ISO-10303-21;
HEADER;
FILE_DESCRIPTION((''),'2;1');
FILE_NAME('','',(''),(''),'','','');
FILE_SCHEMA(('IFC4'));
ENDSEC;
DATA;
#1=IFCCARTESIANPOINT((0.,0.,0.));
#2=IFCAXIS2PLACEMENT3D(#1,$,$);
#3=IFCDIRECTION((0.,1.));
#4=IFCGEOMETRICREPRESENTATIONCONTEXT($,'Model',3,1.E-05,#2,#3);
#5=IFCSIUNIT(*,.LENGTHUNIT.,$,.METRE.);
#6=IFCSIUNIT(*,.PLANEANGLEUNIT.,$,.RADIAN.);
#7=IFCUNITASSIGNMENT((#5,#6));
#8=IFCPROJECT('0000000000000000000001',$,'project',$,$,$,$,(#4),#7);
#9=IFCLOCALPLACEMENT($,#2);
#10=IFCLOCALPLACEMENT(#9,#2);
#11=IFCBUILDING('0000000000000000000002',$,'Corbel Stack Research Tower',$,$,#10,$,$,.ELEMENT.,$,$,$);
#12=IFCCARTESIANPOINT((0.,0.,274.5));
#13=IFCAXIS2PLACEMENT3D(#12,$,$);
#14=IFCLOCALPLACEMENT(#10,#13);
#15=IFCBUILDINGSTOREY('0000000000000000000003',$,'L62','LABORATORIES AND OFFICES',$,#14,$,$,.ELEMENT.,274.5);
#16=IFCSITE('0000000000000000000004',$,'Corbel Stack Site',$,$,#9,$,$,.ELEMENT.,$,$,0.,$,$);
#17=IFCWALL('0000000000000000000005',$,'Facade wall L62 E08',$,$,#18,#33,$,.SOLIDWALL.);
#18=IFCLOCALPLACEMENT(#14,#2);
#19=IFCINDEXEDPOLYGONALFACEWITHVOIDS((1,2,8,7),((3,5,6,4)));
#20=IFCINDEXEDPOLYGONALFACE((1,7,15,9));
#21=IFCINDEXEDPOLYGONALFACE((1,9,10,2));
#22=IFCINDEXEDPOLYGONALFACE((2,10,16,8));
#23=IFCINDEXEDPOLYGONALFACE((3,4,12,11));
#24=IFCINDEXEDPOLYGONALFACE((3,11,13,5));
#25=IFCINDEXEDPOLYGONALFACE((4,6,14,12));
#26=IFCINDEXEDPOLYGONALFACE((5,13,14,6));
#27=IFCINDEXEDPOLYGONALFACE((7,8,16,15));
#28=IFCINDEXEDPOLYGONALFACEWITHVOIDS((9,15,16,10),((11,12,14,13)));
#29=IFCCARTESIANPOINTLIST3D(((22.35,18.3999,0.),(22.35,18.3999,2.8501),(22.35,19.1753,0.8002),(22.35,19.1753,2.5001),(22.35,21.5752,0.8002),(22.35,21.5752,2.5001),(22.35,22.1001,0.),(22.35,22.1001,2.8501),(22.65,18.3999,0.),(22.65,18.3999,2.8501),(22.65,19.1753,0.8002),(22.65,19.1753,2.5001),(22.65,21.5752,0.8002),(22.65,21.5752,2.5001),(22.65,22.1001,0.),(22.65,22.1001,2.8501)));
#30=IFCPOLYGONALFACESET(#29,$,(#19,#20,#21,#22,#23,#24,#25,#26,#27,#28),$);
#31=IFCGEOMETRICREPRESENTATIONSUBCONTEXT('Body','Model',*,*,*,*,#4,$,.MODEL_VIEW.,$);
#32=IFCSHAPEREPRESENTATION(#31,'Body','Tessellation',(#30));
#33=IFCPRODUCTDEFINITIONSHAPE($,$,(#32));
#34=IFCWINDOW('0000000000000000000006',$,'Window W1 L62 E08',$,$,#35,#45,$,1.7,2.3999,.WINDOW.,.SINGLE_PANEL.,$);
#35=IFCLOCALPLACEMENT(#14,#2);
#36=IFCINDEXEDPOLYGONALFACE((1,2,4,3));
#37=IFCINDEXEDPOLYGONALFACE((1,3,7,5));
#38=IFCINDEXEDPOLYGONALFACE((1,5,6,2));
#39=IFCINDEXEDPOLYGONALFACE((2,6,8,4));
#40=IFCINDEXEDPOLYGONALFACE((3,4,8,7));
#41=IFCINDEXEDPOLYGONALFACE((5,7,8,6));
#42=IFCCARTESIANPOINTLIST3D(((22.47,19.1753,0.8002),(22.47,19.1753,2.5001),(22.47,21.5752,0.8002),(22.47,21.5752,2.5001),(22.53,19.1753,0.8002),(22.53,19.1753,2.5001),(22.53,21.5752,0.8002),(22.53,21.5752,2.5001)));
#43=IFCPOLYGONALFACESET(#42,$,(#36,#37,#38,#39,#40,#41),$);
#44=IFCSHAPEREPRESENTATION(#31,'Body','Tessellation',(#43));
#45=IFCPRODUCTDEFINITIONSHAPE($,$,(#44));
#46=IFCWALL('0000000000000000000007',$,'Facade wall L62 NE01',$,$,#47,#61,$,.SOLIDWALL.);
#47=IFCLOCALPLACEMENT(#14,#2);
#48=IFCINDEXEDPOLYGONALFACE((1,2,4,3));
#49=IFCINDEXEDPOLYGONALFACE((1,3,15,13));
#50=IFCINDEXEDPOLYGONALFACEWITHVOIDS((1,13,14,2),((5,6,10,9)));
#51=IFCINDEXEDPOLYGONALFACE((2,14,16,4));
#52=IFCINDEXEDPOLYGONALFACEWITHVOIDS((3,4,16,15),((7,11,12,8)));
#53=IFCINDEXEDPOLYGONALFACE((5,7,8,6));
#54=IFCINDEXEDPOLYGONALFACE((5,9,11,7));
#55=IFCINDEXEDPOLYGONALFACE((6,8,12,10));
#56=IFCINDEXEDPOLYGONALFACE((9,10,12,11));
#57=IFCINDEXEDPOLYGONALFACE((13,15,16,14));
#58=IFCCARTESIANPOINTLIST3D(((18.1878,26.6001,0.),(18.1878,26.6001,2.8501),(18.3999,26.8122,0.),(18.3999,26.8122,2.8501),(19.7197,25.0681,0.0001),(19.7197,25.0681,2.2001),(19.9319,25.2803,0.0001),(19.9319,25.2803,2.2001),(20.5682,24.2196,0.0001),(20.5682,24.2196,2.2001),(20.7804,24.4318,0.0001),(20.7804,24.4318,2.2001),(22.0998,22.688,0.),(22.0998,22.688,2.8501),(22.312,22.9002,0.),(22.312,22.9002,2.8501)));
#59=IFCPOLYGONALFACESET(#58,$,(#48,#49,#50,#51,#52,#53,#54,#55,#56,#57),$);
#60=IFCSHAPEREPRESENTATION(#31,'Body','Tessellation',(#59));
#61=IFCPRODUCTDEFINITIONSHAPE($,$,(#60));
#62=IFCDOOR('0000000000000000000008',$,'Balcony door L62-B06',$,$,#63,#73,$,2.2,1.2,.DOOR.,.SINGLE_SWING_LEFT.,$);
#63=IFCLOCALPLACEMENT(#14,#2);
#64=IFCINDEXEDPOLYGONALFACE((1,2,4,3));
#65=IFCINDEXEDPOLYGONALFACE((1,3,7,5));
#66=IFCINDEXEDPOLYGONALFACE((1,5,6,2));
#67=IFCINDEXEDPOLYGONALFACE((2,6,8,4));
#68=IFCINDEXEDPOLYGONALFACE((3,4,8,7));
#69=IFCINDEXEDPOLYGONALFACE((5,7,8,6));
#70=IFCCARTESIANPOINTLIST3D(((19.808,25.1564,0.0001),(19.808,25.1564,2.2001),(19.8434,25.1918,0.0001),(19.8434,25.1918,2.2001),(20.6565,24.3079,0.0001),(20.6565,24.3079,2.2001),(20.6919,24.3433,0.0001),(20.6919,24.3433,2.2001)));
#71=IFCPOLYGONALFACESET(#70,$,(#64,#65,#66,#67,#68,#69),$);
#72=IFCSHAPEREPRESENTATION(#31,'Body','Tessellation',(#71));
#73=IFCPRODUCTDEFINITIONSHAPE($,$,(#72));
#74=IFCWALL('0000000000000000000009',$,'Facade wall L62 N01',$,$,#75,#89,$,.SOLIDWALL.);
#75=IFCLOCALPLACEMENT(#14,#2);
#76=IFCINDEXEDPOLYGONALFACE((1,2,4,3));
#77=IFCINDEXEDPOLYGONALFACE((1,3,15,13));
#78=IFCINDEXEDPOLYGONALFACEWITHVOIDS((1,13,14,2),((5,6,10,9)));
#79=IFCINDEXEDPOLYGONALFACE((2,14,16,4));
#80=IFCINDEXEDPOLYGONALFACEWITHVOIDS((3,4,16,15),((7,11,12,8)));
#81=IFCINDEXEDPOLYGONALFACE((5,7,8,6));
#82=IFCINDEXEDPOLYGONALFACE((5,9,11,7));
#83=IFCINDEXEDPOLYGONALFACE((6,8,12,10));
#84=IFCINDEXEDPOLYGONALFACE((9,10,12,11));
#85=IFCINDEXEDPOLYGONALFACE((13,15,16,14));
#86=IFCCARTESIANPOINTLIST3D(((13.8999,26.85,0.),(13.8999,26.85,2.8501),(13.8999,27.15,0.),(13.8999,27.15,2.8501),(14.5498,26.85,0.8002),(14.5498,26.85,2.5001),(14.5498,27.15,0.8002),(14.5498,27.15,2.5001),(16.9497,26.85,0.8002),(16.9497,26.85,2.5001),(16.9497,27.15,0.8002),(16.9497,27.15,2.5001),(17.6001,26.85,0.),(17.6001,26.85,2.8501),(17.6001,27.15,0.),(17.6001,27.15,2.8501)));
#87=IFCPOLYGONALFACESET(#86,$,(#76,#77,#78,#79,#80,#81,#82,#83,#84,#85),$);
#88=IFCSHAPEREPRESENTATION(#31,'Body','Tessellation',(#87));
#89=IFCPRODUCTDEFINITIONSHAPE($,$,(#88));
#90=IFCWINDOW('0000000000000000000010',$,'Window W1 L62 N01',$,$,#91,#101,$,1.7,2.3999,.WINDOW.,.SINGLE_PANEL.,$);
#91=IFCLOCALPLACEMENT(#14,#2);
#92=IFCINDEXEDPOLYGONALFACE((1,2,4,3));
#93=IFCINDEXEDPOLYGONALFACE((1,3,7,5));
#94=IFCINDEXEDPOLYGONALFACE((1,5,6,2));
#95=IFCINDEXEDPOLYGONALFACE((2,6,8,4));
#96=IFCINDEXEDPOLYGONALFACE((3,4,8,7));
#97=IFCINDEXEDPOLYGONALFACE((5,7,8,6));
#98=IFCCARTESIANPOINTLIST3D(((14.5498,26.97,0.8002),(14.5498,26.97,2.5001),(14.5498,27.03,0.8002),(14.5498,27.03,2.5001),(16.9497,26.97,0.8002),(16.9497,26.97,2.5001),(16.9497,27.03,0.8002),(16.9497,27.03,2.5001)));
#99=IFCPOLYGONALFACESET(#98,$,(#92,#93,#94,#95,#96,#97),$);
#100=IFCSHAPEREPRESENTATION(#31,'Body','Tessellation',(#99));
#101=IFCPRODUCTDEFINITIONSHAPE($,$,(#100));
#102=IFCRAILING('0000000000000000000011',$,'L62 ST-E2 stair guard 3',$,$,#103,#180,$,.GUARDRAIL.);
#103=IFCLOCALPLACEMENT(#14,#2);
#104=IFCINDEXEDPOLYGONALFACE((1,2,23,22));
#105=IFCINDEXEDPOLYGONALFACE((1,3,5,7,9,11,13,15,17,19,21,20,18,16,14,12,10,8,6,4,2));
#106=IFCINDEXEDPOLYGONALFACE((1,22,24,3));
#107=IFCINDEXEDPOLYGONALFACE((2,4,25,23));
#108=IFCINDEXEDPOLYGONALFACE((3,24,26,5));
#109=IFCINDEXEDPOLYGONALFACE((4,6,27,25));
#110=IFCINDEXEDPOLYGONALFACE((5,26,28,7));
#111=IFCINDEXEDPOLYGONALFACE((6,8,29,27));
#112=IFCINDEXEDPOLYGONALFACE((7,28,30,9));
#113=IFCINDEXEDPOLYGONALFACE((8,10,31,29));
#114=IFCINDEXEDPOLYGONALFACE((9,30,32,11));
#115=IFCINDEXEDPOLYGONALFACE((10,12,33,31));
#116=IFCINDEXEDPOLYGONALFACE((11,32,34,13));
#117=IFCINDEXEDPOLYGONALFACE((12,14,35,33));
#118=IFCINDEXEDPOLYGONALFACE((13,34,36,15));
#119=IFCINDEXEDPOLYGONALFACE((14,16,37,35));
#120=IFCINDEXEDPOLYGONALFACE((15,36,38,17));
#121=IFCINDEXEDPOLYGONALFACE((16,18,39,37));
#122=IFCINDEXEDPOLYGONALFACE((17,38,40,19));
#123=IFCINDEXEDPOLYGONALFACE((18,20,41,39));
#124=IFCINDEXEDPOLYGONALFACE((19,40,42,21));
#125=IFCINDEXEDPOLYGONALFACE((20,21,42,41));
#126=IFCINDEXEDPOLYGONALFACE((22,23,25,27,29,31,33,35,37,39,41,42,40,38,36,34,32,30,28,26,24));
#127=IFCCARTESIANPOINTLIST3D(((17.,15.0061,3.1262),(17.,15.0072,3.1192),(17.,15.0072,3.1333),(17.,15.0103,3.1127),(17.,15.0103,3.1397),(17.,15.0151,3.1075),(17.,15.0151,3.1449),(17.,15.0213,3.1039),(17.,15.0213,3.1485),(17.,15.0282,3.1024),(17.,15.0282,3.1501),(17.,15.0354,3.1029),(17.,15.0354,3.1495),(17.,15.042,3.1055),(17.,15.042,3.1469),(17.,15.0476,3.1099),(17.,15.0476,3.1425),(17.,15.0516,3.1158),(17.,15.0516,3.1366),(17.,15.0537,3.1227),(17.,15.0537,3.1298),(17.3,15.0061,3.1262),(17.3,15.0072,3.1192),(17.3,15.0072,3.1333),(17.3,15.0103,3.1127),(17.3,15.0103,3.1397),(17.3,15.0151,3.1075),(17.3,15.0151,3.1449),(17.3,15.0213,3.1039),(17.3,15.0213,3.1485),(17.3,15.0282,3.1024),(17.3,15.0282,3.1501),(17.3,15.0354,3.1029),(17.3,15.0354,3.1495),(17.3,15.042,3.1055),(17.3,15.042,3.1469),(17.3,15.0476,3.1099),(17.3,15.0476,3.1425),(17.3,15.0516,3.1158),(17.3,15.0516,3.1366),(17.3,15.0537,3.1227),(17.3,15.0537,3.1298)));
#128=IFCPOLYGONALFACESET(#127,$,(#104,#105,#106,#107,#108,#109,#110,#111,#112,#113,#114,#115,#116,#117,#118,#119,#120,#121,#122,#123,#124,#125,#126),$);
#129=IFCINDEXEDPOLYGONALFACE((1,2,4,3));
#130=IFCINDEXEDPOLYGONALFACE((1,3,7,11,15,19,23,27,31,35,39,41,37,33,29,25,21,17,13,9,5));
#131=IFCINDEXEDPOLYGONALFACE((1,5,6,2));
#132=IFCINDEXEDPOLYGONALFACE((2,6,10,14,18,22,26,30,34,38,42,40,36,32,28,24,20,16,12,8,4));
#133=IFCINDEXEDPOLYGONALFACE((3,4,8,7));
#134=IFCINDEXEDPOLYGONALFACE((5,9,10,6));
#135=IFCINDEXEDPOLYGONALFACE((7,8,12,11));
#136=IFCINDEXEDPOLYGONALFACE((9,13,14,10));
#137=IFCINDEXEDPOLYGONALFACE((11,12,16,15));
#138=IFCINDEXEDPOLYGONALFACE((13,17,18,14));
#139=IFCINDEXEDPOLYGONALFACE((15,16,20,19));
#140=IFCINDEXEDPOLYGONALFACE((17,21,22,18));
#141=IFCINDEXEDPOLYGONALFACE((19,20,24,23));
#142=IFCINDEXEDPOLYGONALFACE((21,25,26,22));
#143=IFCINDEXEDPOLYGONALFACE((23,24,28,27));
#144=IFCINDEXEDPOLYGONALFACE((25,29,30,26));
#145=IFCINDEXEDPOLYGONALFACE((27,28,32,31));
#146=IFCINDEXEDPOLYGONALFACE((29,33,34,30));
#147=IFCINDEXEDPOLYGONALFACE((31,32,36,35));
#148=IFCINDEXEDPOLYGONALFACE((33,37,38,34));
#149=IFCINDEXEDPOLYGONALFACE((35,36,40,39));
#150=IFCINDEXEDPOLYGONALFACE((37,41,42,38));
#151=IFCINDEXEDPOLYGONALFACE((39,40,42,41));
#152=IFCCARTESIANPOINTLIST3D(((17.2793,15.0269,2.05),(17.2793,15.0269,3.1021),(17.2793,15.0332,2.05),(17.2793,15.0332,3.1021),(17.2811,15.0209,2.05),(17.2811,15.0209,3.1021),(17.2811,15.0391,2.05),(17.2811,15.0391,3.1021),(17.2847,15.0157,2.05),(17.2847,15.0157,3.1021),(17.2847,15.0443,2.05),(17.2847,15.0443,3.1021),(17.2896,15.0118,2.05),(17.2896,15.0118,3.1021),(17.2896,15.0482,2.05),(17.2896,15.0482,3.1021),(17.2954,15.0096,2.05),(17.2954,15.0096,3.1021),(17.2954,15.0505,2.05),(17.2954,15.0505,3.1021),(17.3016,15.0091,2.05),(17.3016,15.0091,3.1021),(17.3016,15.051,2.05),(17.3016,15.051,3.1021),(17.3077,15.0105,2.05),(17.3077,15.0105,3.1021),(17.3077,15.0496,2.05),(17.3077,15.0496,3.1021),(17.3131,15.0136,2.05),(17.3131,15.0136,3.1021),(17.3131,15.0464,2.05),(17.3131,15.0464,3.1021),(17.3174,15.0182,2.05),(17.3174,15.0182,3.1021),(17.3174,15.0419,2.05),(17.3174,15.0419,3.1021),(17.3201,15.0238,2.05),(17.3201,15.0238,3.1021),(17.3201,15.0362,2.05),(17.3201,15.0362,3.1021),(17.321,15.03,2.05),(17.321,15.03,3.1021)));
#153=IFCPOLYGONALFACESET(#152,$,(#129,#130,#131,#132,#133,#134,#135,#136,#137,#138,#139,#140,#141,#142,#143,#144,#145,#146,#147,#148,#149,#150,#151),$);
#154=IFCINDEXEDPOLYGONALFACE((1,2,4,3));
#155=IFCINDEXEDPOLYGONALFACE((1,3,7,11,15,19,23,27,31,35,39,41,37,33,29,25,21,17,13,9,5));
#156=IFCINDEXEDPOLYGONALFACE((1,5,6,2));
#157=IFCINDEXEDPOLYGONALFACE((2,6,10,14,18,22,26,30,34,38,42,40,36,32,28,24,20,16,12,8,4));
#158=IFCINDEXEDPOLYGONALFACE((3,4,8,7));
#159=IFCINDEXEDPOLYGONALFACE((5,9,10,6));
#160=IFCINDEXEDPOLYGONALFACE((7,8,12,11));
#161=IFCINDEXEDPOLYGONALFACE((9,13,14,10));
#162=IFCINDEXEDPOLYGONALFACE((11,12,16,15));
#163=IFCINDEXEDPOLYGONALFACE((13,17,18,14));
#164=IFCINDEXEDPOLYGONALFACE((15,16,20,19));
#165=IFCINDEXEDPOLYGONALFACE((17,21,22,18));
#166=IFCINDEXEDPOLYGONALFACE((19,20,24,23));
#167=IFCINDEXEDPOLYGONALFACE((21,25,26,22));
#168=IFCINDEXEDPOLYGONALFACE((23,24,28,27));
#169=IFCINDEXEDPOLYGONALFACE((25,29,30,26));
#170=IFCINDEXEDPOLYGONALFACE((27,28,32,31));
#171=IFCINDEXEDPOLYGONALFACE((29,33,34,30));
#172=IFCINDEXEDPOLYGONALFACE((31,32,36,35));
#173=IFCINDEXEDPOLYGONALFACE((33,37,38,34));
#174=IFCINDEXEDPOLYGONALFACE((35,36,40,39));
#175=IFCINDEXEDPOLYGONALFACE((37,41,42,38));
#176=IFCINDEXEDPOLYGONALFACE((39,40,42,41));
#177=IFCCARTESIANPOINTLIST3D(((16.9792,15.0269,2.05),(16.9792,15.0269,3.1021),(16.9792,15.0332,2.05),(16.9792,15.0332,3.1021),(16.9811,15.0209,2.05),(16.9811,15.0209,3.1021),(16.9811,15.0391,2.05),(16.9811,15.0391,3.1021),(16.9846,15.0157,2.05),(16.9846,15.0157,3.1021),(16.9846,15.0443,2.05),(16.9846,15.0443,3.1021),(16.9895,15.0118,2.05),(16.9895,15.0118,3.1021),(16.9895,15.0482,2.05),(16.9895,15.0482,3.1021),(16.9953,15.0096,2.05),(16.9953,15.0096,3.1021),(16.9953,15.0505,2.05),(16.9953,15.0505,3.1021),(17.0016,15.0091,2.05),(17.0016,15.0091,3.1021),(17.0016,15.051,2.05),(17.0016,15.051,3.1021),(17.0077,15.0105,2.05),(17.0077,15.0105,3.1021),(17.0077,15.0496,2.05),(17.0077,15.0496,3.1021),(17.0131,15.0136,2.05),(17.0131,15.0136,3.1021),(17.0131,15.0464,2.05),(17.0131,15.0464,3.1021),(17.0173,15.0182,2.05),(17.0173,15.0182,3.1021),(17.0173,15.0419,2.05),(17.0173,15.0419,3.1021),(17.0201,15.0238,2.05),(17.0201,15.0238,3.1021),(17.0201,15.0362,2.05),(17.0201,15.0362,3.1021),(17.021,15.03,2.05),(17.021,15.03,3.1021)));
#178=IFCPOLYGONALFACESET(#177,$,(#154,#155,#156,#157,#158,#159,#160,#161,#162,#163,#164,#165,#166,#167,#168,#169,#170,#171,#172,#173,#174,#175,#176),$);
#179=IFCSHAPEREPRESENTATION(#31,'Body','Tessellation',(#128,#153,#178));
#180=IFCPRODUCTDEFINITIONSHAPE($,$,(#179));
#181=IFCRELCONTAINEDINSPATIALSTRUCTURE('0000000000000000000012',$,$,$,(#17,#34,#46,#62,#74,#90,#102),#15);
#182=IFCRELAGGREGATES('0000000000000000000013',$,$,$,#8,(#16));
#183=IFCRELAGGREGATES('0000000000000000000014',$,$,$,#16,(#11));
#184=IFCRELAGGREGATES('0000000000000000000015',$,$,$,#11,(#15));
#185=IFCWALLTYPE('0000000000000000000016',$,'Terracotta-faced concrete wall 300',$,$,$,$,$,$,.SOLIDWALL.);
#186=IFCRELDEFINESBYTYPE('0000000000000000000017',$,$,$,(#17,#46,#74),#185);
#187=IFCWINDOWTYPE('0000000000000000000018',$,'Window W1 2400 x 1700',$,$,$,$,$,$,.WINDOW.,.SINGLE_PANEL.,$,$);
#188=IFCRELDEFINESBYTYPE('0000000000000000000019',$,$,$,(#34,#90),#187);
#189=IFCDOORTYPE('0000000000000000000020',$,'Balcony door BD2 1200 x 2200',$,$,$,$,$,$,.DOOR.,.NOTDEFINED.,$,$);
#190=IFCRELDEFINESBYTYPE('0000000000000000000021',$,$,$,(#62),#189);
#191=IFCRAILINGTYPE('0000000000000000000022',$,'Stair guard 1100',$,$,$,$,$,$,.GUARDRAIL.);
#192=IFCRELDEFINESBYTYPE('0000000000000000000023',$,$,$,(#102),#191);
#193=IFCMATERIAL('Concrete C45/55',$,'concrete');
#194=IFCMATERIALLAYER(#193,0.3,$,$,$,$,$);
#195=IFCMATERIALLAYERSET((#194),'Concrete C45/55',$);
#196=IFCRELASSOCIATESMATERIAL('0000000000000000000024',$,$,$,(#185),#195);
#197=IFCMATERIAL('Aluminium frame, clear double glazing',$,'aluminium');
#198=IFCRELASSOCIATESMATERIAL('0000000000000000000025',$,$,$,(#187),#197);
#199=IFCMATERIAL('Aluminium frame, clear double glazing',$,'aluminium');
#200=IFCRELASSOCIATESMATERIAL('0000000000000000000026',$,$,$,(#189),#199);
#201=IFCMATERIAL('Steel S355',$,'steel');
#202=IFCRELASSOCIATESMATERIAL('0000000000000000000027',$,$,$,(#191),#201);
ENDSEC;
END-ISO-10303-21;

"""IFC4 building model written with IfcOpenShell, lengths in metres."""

from ifc_helpers import new_model, si_unit, direction, frame, frame_2d, origin, origin_2d, place, context, subcontext, project, spatial, rectangle, circle, extrude, material, layer, layer_set, type_object, element, fill, save


model = new_model("IFC4")

# Units and contexts
model_context = context("Model", 3, precision=1e-05, world=origin(), true_north=direction((0.0, 1.0)))
body_context = subcontext(model_context, "Body", "Model", "MODEL_VIEW")
ifc_project = project(units=[si_unit("LENGTHUNIT", "METRE"), si_unit("PLANEANGLEUNIT", "RADIAN")], contexts=[model_context])

# Site, building, storey
site_placement = place(None, origin())
site = spatial("IfcSite", under=ifc_project, at=site_placement, Name="Corbel Stack Site", CompositionType="ELEMENT", RefElevation=0.0)
building_placement = place(site_placement, origin())
building = spatial("IfcBuilding", under=site, at=building_placement, Name="Corbel Stack Research Tower", CompositionType="ELEMENT")
storey_placement = place(building_placement, frame((0.0, 0.0, 274.5)))
storey = spatial("IfcBuildingStorey", under=building, at=storey_placement, Name="L62", Description="LABORATORIES AND OFFICES", CompositionType="ELEMENT", Elevation=274.5)

# Shared definitions
ifc_material_1 = material(Name="Concrete C45/55", Category="concrete")
ifc_layer_1 = layer(ifc_material_1, 0.3)
ifc_layer_set_1 = layer_set([ifc_layer_1], Name="Concrete C45/55")
wall_type_1 = type_object("IfcWallType", Name="Terracotta-faced concrete wall 300", PredefinedType="SOLIDWALL", material=ifc_layer_set_1)

# Wall, opening, window
wall_1_placement = place(storey_placement, frame((22.5, 22.1001, 0.0), z_axis=(0.0, 0.0, 1.0), x_axis=(0.0, -1.0, 0.0)))
wall_1 = element("IfcWall", 1, at=wall_1_placement, inside=storey, type_object=wall_type_1, Name="Facade wall L62 E08", PredefinedType="SOLIDWALL", context=body_context, shape_type="SweptSolid", body=[
    extrude(rectangle(XDim=3.7002, YDim=0.3, at=frame_2d((1.8501, 0.0))), origin(), (0.0, 0.0, 1.0), 2.8501),
])
opening_1_placement = place(wall_1_placement, frame((0.5249, 0.0, 0.8)))
opening_1 = element("IfcOpeningElement", 2, at=opening_1_placement, cuts=wall_1, PredefinedType="OPENING", context=body_context, shape_type="SweptSolid", body=[
    extrude(rectangle(XDim=2.3999, YDim=1.7, at=frame_2d((1.2, 0.8501))), frame((0.0, 0.1599, 0.0), z_axis=(0.0, -1.0, 0.0), x_axis=(1.0, 0.0, 0.0)), (0.0, 0.0, 1.0), 0.3201),
])
ifc_material_2 = material(Name="Aluminium frame, clear double glazing", Category="aluminium")
window_type = type_object("IfcWindowType", Name="Window W1 2400 x 1700", PartitioningType="SINGLE_PANEL", PredefinedType="WINDOW", material=ifc_material_2)
window_1_placement = place(opening_1_placement, origin())
window_1 = element("IfcWindow", 3, at=window_1_placement, inside=storey, type_object=window_type, Name="Window W1 L62 E08", OverallHeight=1.7, OverallWidth=2.3999, PartitioningType="SINGLE_PANEL", PredefinedType="WINDOW", context=body_context, shape_type="SweptSolid", body=[
    extrude(rectangle(XDim=2.3999, YDim=1.7, at=frame_2d((1.2, 0.8501))), frame((0.0, 0.03, 0.0), z_axis=(0.0, -1.0, 0.0), x_axis=(1.0, 0.0, 0.0)), (0.0, 0.0, 1.0), 0.0601),
])
fill(opening_1, window_1)

# Wall, opening, door
wall_2_placement = place(storey_placement, frame((18.2939, 26.7061, 0.0), z_axis=(0.0, 0.0, 1.0), x_axis=(0.707107, -0.707107, 0.0)))
wall_2 = element("IfcWall", 4, at=wall_2_placement, inside=storey, type_object=wall_type_1, Name="Facade wall L62 NE01", PredefinedType="SOLIDWALL", context=body_context, shape_type="SweptSolid", body=[
    extrude(rectangle(XDim=5.5325, YDim=0.3, at=frame_2d((2.7661, 0.0))), origin(), (0.0, 0.0, 1.0), 2.8501),
])
opening_2_placement = place(wall_2_placement, frame((2.1663, 0.0, 0.0)))
opening_2 = element("IfcOpeningElement", 5, at=opening_2_placement, cuts=wall_2, PredefinedType="OPENING", context=body_context, shape_type="SweptSolid", body=[
    extrude(rectangle(XDim=1.2, YDim=2.2, at=frame_2d((0.6001, 1.1001))), frame((0.0, 0.1599, 0.0), z_axis=(0.0, -1.0, 0.0), x_axis=(1.0, 0.0, 0.0)), (0.0, 0.0, 1.0), 0.3201),
])
ifc_material_3 = material(Name="Aluminium frame, clear double glazing", Category="aluminium")
door_type_1 = type_object("IfcDoorType", Name="Balcony door BD2 1200 x 2200", OperationType="NOTDEFINED", PredefinedType="DOOR", material=ifc_material_3)
door_1_placement = place(opening_2_placement, origin())
door_1 = element("IfcDoor", 6, at=door_1_placement, inside=storey, type_object=door_type_1, Name="Balcony door L62-B06", OperationType="SINGLE_SWING_LEFT", OverallHeight=2.2, OverallWidth=1.2, PredefinedType="DOOR", context=body_context, shape_type="SweptSolid", body=[
    extrude(rectangle(XDim=1.2, YDim=2.2, at=frame_2d((0.6001, 1.1001))), frame((0.0, 0.0249, 0.0), z_axis=(0.0, -1.0, 0.0), x_axis=(1.0, 0.0, 0.0)), (0.0, 0.0, 1.0), 0.05),
])
fill(opening_2, door_1)

# Wall, opening, window
wall_3_placement = place(storey_placement, frame((13.8999, 27.0, 0.0), z_axis=(0.0, 0.0, 1.0), x_axis=(1.0, 0.0, 0.0)))
wall_3 = element("IfcWall", 7, at=wall_3_placement, inside=storey, type_object=wall_type_1, Name="Facade wall L62 N01", PredefinedType="SOLIDWALL", context=body_context, shape_type="SweptSolid", body=[
    extrude(rectangle(XDim=3.7002, YDim=0.3, at=frame_2d((1.8501, 0.0))), origin(), (0.0, 0.0, 1.0), 2.8501),
])
opening_3_placement = place(wall_3_placement, frame((0.6499, 0.0, 0.8)))
opening_3 = element("IfcOpeningElement", 8, at=opening_3_placement, cuts=wall_3, PredefinedType="OPENING", context=body_context, shape_type="SweptSolid", body=[
    extrude(rectangle(XDim=2.3999, YDim=1.7, at=frame_2d((1.2, 0.8501))), frame((0.0, 0.1599, 0.0), z_axis=(0.0, -1.0, 0.0), x_axis=(1.0, 0.0, 0.0)), (0.0, 0.0, 1.0), 0.3201),
])
window_2_placement = place(opening_3_placement, origin())
window_2 = element("IfcWindow", 9, at=window_2_placement, inside=storey, type_object=window_type, Name="Window W1 L62 N01", OverallHeight=1.7, OverallWidth=2.3999, PartitioningType="SINGLE_PANEL", PredefinedType="WINDOW", context=body_context, shape_type="SweptSolid", body=[
    extrude(rectangle(XDim=2.3999, YDim=1.7, at=frame_2d((1.2, 0.8501))), frame((0.0, 0.03, 0.0), z_axis=(0.0, -1.0, 0.0), x_axis=(1.0, 0.0, 0.0)), (0.0, 0.0, 1.0), 0.0601),
])
fill(opening_3, window_2)

# Railing
ifc_material_4 = material(Name="Steel S355", Category="steel")
railing_type_1 = type_object("IfcRailingType", Name="Stair guard 1100", PredefinedType="GUARDRAIL", material=ifc_material_4)
railing_1_placement = place(storey_placement, frame((17.3, 15.03, 2.05)))
element("IfcRailing", 10, at=railing_1_placement, inside=storey, type_object=railing_type_1, Name="L62 ST-E2 stair guard 3", PredefinedType="GUARDRAIL", context=body_context, shape_type="SweptSolid", body=[
    extrude(circle(Radius=0.0239, at=origin_2d()), frame((0.0, 0.0, 1.0762), z_axis=(-1.0, 0.0, 0.0), x_axis=(0.0, -1.0, 0.0)), (0.0, 0.0, 1.0), 0.3),
    extrude(circle(Radius=0.021, at=origin_2d()), origin(), (0.0, 0.0, 1.0), 1.052),
    extrude(circle(Radius=0.021, at=origin_2d()), frame((-0.3, 0.0, 0.0)), (0.0, 0.0, 1.0), 1.052),
])

save(model, "model.ifc")
